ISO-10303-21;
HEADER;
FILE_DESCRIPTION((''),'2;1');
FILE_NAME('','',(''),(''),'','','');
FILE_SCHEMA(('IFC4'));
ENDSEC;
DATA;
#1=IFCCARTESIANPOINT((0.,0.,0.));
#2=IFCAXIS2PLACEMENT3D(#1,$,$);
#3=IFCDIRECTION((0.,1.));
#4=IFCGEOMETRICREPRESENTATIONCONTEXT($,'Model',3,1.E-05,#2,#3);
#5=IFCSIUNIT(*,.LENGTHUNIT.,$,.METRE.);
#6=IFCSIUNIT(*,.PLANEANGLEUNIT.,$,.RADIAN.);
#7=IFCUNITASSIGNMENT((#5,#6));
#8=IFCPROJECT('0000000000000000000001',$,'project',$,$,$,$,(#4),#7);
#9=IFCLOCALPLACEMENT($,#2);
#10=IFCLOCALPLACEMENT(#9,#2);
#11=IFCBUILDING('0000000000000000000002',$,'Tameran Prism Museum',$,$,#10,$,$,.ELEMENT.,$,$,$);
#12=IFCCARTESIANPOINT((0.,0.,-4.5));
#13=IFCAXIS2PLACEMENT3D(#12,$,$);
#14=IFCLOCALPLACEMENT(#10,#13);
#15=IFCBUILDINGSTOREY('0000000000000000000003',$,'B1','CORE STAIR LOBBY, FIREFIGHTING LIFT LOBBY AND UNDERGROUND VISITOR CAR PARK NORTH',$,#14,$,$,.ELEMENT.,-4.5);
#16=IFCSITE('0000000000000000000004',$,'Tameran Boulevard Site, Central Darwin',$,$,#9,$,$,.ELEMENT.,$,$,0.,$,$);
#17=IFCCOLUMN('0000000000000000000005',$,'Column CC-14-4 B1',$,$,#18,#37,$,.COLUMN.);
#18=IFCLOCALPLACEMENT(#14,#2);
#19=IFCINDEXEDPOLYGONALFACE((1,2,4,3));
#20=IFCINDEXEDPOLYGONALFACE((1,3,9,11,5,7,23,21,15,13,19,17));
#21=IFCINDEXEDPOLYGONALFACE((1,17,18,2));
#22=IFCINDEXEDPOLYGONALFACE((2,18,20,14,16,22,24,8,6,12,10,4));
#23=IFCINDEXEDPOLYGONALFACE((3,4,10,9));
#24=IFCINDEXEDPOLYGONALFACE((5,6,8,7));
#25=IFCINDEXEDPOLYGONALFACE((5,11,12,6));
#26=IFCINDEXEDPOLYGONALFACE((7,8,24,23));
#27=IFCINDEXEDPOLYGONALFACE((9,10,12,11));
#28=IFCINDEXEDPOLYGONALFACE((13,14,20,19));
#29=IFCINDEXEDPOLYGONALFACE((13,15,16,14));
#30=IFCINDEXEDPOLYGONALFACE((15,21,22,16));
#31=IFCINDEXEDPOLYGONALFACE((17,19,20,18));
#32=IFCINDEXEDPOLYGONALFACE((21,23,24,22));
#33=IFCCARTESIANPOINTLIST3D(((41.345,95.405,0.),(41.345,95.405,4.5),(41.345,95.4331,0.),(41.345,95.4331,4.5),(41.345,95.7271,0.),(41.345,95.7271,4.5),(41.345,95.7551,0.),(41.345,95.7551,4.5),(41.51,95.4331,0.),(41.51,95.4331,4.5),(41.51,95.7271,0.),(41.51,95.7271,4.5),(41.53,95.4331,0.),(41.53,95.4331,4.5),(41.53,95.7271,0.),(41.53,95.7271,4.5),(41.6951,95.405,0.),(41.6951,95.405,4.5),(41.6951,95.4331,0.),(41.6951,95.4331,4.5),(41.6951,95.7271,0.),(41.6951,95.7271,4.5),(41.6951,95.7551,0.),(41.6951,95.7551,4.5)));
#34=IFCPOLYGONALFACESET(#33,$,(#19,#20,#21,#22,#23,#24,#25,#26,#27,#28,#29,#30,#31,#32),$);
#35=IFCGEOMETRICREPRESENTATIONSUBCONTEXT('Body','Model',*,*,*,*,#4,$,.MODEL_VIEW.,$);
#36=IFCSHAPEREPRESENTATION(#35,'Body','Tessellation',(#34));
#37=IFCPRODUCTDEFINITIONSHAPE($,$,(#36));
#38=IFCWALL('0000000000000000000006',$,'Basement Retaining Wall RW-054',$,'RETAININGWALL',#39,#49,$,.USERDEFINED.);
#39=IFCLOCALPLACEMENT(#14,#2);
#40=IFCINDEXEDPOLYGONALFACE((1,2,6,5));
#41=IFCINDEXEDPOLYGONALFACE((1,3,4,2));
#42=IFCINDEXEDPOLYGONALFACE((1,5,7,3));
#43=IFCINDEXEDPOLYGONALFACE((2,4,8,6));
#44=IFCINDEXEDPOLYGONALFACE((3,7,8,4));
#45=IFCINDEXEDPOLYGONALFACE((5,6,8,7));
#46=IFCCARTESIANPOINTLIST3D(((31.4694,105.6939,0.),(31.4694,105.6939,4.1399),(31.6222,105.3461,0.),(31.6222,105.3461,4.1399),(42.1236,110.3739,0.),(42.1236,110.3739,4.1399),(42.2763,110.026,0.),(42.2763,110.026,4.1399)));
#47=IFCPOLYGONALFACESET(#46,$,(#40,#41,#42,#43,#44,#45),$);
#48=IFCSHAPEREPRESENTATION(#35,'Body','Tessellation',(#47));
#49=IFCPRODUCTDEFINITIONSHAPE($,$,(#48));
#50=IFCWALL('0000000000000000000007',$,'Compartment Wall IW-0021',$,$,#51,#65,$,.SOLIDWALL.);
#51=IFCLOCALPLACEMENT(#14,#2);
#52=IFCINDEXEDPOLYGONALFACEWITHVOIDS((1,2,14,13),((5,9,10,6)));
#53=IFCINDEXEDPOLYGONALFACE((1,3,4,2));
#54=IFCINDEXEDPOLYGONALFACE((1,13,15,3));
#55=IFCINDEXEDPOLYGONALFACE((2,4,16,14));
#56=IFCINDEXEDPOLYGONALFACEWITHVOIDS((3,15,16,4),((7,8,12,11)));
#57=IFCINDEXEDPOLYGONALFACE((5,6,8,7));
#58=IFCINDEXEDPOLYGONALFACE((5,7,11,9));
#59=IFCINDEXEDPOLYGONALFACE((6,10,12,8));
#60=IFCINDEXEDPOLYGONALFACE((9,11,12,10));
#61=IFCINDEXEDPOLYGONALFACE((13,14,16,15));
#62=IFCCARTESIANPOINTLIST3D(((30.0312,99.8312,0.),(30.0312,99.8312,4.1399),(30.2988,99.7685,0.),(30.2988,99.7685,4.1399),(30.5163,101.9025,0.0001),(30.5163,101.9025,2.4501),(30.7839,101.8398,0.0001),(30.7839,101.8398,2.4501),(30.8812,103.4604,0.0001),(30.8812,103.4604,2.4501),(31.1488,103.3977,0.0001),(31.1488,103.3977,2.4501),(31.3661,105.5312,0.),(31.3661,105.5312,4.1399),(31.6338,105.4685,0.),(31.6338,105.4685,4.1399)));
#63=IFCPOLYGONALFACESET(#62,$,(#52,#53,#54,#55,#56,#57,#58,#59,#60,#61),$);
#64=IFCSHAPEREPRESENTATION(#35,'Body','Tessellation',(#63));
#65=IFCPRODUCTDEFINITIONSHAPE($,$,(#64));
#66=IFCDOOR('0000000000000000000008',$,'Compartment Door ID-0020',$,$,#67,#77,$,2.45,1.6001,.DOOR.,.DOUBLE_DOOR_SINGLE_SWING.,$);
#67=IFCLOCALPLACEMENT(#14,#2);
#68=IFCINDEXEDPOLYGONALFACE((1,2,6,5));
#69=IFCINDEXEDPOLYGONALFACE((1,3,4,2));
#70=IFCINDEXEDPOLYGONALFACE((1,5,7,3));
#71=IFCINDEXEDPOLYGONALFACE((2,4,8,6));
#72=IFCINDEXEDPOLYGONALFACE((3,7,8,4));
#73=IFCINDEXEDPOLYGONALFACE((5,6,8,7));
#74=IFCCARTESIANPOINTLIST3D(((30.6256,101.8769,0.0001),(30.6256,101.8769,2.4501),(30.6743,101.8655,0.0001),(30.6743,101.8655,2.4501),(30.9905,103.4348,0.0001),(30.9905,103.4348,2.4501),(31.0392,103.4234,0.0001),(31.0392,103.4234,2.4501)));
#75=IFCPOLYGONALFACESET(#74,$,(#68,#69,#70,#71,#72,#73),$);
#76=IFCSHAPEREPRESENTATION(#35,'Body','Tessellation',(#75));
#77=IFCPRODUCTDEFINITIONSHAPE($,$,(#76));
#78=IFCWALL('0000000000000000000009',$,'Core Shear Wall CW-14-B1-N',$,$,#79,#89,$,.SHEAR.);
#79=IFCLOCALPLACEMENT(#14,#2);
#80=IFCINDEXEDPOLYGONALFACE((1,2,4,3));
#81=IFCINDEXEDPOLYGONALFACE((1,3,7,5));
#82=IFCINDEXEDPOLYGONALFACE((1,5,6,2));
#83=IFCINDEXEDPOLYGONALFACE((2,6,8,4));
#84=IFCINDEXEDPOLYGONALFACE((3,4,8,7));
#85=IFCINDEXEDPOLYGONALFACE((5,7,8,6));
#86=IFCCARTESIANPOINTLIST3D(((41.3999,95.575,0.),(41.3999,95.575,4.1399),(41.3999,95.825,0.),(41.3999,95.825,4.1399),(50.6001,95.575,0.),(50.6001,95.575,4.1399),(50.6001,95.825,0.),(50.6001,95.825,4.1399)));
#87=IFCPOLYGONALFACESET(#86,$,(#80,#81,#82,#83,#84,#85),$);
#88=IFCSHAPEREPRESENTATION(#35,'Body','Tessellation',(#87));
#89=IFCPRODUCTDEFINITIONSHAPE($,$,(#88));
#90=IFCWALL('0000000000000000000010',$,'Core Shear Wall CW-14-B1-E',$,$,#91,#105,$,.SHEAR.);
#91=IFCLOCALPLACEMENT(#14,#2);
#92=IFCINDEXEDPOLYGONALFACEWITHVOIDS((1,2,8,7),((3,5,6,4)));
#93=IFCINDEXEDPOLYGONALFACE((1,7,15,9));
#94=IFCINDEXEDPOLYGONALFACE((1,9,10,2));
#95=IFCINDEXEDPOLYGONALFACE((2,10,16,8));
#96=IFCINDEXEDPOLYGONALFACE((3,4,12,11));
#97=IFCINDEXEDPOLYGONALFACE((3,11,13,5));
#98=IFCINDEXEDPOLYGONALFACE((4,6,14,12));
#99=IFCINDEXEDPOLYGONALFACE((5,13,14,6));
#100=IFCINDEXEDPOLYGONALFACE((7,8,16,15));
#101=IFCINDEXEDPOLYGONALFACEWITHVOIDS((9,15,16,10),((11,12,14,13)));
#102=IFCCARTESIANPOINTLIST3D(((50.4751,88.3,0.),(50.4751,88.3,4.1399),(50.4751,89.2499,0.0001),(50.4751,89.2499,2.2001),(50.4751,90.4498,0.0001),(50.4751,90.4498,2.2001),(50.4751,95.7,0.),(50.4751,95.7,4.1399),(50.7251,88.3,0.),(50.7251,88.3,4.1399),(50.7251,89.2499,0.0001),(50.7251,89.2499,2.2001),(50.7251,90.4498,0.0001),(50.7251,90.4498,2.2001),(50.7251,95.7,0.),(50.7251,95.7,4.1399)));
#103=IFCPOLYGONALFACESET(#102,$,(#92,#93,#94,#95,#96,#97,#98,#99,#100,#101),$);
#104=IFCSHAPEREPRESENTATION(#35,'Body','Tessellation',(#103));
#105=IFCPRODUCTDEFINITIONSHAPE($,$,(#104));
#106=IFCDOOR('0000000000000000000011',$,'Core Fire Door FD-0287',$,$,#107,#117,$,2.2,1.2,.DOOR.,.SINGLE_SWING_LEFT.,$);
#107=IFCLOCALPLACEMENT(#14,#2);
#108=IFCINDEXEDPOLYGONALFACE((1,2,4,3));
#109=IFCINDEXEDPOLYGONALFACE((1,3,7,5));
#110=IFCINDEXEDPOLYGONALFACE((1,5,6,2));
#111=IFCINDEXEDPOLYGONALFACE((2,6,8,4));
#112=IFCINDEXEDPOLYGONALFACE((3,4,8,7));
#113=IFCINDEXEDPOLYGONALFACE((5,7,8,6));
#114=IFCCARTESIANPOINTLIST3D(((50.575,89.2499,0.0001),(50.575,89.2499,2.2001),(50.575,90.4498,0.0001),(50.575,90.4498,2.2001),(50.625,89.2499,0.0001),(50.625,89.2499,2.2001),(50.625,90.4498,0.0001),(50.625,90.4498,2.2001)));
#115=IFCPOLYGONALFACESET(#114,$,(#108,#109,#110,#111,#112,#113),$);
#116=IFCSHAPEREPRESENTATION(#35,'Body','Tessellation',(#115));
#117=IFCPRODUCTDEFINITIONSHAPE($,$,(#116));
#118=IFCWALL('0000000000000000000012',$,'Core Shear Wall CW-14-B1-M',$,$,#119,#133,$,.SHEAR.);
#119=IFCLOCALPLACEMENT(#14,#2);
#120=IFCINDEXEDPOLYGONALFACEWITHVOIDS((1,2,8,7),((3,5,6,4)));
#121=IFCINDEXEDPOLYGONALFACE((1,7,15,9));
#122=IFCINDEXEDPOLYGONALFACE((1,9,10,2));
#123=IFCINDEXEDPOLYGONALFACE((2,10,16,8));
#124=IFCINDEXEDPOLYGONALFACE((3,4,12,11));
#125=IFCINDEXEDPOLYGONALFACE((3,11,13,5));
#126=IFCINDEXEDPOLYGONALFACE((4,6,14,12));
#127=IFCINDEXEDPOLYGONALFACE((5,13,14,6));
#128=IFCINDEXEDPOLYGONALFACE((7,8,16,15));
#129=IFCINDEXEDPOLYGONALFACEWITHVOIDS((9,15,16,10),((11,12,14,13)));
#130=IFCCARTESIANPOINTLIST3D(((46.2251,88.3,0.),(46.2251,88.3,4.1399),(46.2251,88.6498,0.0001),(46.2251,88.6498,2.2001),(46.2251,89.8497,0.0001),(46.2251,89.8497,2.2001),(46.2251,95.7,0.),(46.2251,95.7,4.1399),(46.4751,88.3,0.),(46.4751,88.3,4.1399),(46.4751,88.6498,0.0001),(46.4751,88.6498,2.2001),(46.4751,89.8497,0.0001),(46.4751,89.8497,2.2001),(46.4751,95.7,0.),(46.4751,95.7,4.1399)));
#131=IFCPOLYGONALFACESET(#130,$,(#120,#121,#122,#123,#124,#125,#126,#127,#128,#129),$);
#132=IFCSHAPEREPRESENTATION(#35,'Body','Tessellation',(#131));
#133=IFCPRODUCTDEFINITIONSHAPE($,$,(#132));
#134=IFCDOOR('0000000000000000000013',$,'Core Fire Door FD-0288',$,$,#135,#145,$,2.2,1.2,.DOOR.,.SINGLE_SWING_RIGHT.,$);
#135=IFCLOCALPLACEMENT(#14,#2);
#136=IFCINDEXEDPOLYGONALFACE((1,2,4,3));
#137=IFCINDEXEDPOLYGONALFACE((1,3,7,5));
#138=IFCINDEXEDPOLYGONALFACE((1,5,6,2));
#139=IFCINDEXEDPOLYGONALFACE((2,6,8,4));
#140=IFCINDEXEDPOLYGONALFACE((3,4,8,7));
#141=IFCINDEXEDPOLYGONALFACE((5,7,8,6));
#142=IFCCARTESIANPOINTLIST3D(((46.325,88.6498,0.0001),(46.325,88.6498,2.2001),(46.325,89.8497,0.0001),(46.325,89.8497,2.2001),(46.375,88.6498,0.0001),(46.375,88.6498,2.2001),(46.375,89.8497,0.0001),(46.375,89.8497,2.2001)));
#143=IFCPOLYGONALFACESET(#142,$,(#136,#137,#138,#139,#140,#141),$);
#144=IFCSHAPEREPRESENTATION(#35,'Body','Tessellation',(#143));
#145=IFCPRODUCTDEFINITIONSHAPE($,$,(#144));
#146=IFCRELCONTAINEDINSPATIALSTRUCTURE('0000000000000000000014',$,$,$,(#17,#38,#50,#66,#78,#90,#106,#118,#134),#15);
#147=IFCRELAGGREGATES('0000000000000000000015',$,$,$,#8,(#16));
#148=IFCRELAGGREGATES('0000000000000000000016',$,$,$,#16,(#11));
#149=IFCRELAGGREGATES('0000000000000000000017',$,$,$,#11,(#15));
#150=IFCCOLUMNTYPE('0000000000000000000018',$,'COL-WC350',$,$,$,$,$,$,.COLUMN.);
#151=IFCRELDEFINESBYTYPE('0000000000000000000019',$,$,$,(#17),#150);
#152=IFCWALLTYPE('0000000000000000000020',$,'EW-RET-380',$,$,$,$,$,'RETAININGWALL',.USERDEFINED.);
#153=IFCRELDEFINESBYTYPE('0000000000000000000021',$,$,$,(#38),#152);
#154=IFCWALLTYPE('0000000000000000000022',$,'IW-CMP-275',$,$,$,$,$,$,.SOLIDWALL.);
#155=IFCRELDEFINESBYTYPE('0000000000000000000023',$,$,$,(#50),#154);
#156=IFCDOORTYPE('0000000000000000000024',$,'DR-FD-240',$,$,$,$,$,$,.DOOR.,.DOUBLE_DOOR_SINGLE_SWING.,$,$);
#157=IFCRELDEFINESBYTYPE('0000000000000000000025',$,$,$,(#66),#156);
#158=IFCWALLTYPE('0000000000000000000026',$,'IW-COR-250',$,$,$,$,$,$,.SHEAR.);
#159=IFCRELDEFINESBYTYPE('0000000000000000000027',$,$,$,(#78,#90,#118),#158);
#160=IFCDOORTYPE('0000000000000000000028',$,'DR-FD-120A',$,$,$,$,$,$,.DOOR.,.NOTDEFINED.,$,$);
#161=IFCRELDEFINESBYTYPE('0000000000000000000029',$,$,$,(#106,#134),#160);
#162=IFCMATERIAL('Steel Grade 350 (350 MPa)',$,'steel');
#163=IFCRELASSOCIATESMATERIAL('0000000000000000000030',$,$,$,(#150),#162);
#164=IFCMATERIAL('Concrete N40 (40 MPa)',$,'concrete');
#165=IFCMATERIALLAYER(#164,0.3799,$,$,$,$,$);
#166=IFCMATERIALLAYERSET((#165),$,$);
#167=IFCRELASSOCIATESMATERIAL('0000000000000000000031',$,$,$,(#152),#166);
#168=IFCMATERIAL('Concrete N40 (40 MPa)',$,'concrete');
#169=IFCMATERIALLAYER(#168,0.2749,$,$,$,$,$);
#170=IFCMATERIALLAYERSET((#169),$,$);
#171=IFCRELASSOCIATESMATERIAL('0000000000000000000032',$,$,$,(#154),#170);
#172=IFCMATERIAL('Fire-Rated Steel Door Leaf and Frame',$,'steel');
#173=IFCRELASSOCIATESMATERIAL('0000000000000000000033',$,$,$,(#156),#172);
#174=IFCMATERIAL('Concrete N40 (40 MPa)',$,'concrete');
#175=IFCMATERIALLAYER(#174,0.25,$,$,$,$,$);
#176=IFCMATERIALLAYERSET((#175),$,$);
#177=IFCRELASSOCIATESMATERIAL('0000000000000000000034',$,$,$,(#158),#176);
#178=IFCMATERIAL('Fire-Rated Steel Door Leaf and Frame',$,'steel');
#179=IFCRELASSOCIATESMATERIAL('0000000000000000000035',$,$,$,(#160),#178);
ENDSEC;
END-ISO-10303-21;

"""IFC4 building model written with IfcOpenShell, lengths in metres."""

from ifc_helpers import new_model, si_unit, direction, frame, frame_2d, origin, origin_2d, place, context, subcontext, project, spatial, rectangle, i_section, extrude, material, layer, layer_set, material_profile, profile_set, type_object, element, fill, save


model = new_model("IFC4")

# Units and contexts
model_context = context("Model", 3, precision=1e-05, world=origin(), true_north=direction((0.0, 1.0)))
body_context = subcontext(model_context, "Body", "Model", "MODEL_VIEW")
ifc_project = project(units=[si_unit("LENGTHUNIT", "METRE"), si_unit("PLANEANGLEUNIT", "RADIAN")], contexts=[model_context])

# Site, building, storey
site_placement = place(None, origin())
site = spatial("IfcSite", under=ifc_project, at=site_placement, Name="Tameran Boulevard Site, Central Darwin", CompositionType="ELEMENT", RefElevation=0.0)
building_placement = place(site_placement, origin())
building = spatial("IfcBuilding", under=site, at=building_placement, Name="Tameran Prism Museum", CompositionType="ELEMENT")
storey_placement = place(building_placement, frame((0.0, 0.0, -4.5)))
storey = spatial("IfcBuildingStorey", under=building, at=storey_placement, Name="B1", Description="CORE STAIR LOBBY, FIREFIGHTING LIFT LOBBY AND UNDERGROUND VISITOR CAR PARK NORTH", CompositionType="ELEMENT", Elevation=-4.5)

# Column
ifc_material_1 = material(Name="Steel Grade 350 (350 MPa)", Category="steel")
ifc_material_profile_1 = material_profile(ifc_material_1, i_section(OverallWidth=0.3501, OverallDepth=0.3501, WebThickness=0.02, FlangeThickness=0.0281, at=origin_2d()))
ifc_profile_set_1 = profile_set([ifc_material_profile_1])
column_type_1 = type_object("IfcColumnType", Name="COL-WC350", PredefinedType="COLUMN", material=ifc_profile_set_1)
for number, where, z_axis, x_axis, name in (
    (1, (41.52, 95.5801, 0.0), (0.0, 0.0, 1.0), (1.0, 0.0, 0.0), "Column CC-14-4 B1"),
):
    element("IfcColumn", number, at=place(storey_placement, frame(where, z_axis=z_axis, x_axis=x_axis)), inside=storey, type_object=column_type_1, Name=name, PredefinedType="COLUMN", context=body_context, shape_type="SweptSolid", body=[
        extrude(i_section(OverallWidth=0.3501, OverallDepth=0.3501, WebThickness=0.02, FlangeThickness=0.0281, at=origin_2d()), origin(), (0.0, 0.0, 1.0), 4.5),
    ])

# Wall
ifc_material_2 = material(Name="Concrete N40 (40 MPa)", Category="concrete")
ifc_layer_1 = layer(ifc_material_2, 0.3799)
ifc_layer_set_1 = layer_set([ifc_layer_1])
wall_type_1 = type_object("IfcWallType", Name="EW-RET-380", ElementType="RETAININGWALL", PredefinedType="USERDEFINED", material=ifc_layer_set_1)
wall_1_placement = place(storey_placement, frame((42.2, 110.2, 0.0), z_axis=(0.0, 0.0, 1.0), x_axis=(-0.915564, -0.402173, 0.0)))
element("IfcWall", 2, at=wall_1_placement, inside=storey, type_object=wall_type_1, Name="Basement Retaining Wall RW-054", ObjectType="RETAININGWALL", PredefinedType="USERDEFINED", context=body_context, shape_type="SweptSolid", body=[
    extrude(rectangle(XDim=11.6367, YDim=0.3799, at=frame_2d((5.8184, 0.0))), origin(), (0.0, 0.0, 1.0), 4.1399),
])

# Wall, opening, door
ifc_material_3 = material(Name="Concrete N40 (40 MPa)", Category="concrete")
ifc_layer_2 = layer(ifc_material_3, 0.2749)
ifc_layer_set_2 = layer_set([ifc_layer_2])
wall_type_2 = type_object("IfcWallType", Name="IW-CMP-275", PredefinedType="SOLIDWALL", material=ifc_layer_set_2)
wall_2_placement = place(storey_placement, frame((31.5, 105.5, 0.0), z_axis=(0.0, 0.0, 1.0), x_axis=(-0.228035, -0.973653, 0.0)))
wall_2 = element("IfcWall", 3, at=wall_2_placement, inside=storey, type_object=wall_type_2, Name="Compartment Wall IW-0021", PredefinedType="SOLIDWALL", context=body_context, shape_type="SweptSolid", body=[
    extrude(rectangle(XDim=5.8542, YDim=0.2749, at=frame_2d((2.9272, 0.0))), origin(), (0.0, 0.0, 1.0), 4.1399),
])
opening_1_placement = place(wall_2_placement, frame((2.127, 0.0, 0.0)))
opening_1 = element("IfcOpeningElement", 4, at=opening_1_placement, cuts=wall_2, PredefinedType="OPENING", context=body_context, shape_type="SweptSolid", body=[
    extrude(rectangle(XDim=1.6001, YDim=2.45, at=frame_2d((0.8, 1.2251))), frame((0.0, 0.1475, 0.0), z_axis=(0.0, -1.0, 0.0), x_axis=(1.0, 0.0, 0.0)), (0.0, 0.0, 1.0), 0.2949),
])
ifc_material_4 = material(Name="Fire-Rated Steel Door Leaf and Frame", Category="steel")
door_type_1 = type_object("IfcDoorType", Name="DR-FD-240", OperationType="DOUBLE_DOOR_SINGLE_SWING", PredefinedType="DOOR", material=ifc_material_4)
door_1_placement = place(opening_1_placement, origin())
door_1 = element("IfcDoor", 5, at=door_1_placement, inside=storey, type_object=door_type_1, Name="Compartment Door ID-0020", OperationType="DOUBLE_DOOR_SINGLE_SWING", OverallHeight=2.45, OverallWidth=1.6001, PredefinedType="DOOR", context=body_context, shape_type="SweptSolid", body=[
    extrude(rectangle(XDim=1.6001, YDim=2.45, at=frame_2d((0.8, 1.2251))), frame((0.0, 0.0249, 0.0), z_axis=(0.0, -1.0, 0.0), x_axis=(1.0, 0.0, 0.0)), (0.0, 0.0, 1.0), 0.05),
])
fill(opening_1, door_1)

# Wall
ifc_material_5 = material(Name="Concrete N40 (40 MPa)", Category="concrete")
ifc_layer_3 = layer(ifc_material_5, 0.25)
ifc_layer_set_3 = layer_set([ifc_layer_3])
wall_type_3 = type_object("IfcWallType", Name="IW-COR-250", PredefinedType="SHEAR", material=ifc_layer_set_3)
wall_3_placement = place(storey_placement, frame((41.3999, 95.7, 0.0), z_axis=(0.0, 0.0, 1.0), x_axis=(1.0, 0.0, 0.0)))
element("IfcWall", 6, at=wall_3_placement, inside=storey, type_object=wall_type_3, Name="Core Shear Wall CW-14-B1-N", PredefinedType="SHEAR", context=body_context, shape_type="SweptSolid", body=[
    extrude(rectangle(XDim=9.2002, YDim=0.25, at=frame_2d((4.6001, 0.0))), origin(), (0.0, 0.0, 1.0), 4.1399),
])

# Walls, openings, doors
wall_4_placement = place(storey_placement, frame((50.6001, 95.7, 0.0), z_axis=(0.0, 0.0, 1.0), x_axis=(0.0, -1.0, 0.0)))
wall_4 = element("IfcWall", 7, at=wall_4_placement, inside=storey, type_object=wall_type_3, Name="Core Shear Wall CW-14-B1-E", PredefinedType="SHEAR", context=body_context, shape_type="SweptSolid", body=[
    extrude(rectangle(XDim=7.3999, YDim=0.25, at=frame_2d((3.7, 0.0))), origin(), (0.0, 0.0, 1.0), 4.1399),
])
opening_2_placement = place(wall_4_placement, frame((5.25, 0.0, 0.0)))
opening_2 = element("IfcOpeningElement", 8, at=opening_2_placement, cuts=wall_4, PredefinedType="OPENING", context=body_context, shape_type="SweptSolid", body=[
    extrude(rectangle(XDim=1.2, YDim=2.2, at=frame_2d((0.6001, 1.1001))), frame((0.0, 0.135, 0.0), z_axis=(0.0, -1.0, 0.0), x_axis=(1.0, 0.0, 0.0)), (0.0, 0.0, 1.0), 0.27),
])
ifc_material_6 = material(Name="Fire-Rated Steel Door Leaf and Frame", Category="steel")
door_type_2 = type_object("IfcDoorType", Name="DR-FD-120A", OperationType="NOTDEFINED", PredefinedType="DOOR", material=ifc_material_6)
door_2_placement = place(opening_2_placement, origin())
door_2 = element("IfcDoor", 9, at=door_2_placement, inside=storey, type_object=door_type_2, Name="Core Fire Door FD-0287", OperationType="SINGLE_SWING_LEFT", OverallHeight=2.2, OverallWidth=1.2, PredefinedType="DOOR", context=body_context, shape_type="SweptSolid", body=[
    extrude(rectangle(XDim=1.2, YDim=2.2, at=frame_2d((0.6001, 1.1001))), frame((0.0, 0.0249, 0.0), z_axis=(0.0, -1.0, 0.0), x_axis=(1.0, 0.0, 0.0)), (0.0, 0.0, 1.0), 0.05),
])
fill(opening_2, door_2)
wall_5_placement = place(storey_placement, frame((46.3501, 95.7, 0.0), z_axis=(0.0, 0.0, 1.0), x_axis=(0.0, -1.0, 0.0)))
wall_5 = element("IfcWall", 10, at=wall_5_placement, inside=storey, type_object=wall_type_3, Name="Core Shear Wall CW-14-B1-M", PredefinedType="SHEAR", context=body_context, shape_type="SweptSolid", body=[
    extrude(rectangle(XDim=7.3999, YDim=0.25, at=frame_2d((3.7, 0.0))), origin(), (0.0, 0.0, 1.0), 4.1399),
])
opening_3_placement = place(wall_5_placement, frame((5.8501, 0.0, 0.0)))
opening_3 = element("IfcOpeningElement", 11, at=opening_3_placement, cuts=wall_5, PredefinedType="OPENING", context=body_context, shape_type="SweptSolid", body=[
    extrude(rectangle(XDim=1.2, YDim=2.2, at=frame_2d((0.6001, 1.1001))), frame((0.0, 0.135, 0.0), z_axis=(0.0, -1.0, 0.0), x_axis=(1.0, 0.0, 0.0)), (0.0, 0.0, 1.0), 0.27),
])
door_3_placement = place(opening_3_placement, origin())
door_3 = element("IfcDoor", 12, at=door_3_placement, inside=storey, type_object=door_type_2, Name="Core Fire Door FD-0288", OperationType="SINGLE_SWING_RIGHT", OverallHeight=2.2, OverallWidth=1.2, PredefinedType="DOOR", context=body_context, shape_type="SweptSolid", body=[
    extrude(rectangle(XDim=1.2, YDim=2.2, at=frame_2d((0.6001, 1.1001))), frame((0.0, 0.0249, 0.0), z_axis=(0.0, -1.0, 0.0), x_axis=(1.0, 0.0, 0.0)), (0.0, 0.0, 1.0), 0.05),
])
fill(opening_3, door_3)

save(model, "model.ifc")
